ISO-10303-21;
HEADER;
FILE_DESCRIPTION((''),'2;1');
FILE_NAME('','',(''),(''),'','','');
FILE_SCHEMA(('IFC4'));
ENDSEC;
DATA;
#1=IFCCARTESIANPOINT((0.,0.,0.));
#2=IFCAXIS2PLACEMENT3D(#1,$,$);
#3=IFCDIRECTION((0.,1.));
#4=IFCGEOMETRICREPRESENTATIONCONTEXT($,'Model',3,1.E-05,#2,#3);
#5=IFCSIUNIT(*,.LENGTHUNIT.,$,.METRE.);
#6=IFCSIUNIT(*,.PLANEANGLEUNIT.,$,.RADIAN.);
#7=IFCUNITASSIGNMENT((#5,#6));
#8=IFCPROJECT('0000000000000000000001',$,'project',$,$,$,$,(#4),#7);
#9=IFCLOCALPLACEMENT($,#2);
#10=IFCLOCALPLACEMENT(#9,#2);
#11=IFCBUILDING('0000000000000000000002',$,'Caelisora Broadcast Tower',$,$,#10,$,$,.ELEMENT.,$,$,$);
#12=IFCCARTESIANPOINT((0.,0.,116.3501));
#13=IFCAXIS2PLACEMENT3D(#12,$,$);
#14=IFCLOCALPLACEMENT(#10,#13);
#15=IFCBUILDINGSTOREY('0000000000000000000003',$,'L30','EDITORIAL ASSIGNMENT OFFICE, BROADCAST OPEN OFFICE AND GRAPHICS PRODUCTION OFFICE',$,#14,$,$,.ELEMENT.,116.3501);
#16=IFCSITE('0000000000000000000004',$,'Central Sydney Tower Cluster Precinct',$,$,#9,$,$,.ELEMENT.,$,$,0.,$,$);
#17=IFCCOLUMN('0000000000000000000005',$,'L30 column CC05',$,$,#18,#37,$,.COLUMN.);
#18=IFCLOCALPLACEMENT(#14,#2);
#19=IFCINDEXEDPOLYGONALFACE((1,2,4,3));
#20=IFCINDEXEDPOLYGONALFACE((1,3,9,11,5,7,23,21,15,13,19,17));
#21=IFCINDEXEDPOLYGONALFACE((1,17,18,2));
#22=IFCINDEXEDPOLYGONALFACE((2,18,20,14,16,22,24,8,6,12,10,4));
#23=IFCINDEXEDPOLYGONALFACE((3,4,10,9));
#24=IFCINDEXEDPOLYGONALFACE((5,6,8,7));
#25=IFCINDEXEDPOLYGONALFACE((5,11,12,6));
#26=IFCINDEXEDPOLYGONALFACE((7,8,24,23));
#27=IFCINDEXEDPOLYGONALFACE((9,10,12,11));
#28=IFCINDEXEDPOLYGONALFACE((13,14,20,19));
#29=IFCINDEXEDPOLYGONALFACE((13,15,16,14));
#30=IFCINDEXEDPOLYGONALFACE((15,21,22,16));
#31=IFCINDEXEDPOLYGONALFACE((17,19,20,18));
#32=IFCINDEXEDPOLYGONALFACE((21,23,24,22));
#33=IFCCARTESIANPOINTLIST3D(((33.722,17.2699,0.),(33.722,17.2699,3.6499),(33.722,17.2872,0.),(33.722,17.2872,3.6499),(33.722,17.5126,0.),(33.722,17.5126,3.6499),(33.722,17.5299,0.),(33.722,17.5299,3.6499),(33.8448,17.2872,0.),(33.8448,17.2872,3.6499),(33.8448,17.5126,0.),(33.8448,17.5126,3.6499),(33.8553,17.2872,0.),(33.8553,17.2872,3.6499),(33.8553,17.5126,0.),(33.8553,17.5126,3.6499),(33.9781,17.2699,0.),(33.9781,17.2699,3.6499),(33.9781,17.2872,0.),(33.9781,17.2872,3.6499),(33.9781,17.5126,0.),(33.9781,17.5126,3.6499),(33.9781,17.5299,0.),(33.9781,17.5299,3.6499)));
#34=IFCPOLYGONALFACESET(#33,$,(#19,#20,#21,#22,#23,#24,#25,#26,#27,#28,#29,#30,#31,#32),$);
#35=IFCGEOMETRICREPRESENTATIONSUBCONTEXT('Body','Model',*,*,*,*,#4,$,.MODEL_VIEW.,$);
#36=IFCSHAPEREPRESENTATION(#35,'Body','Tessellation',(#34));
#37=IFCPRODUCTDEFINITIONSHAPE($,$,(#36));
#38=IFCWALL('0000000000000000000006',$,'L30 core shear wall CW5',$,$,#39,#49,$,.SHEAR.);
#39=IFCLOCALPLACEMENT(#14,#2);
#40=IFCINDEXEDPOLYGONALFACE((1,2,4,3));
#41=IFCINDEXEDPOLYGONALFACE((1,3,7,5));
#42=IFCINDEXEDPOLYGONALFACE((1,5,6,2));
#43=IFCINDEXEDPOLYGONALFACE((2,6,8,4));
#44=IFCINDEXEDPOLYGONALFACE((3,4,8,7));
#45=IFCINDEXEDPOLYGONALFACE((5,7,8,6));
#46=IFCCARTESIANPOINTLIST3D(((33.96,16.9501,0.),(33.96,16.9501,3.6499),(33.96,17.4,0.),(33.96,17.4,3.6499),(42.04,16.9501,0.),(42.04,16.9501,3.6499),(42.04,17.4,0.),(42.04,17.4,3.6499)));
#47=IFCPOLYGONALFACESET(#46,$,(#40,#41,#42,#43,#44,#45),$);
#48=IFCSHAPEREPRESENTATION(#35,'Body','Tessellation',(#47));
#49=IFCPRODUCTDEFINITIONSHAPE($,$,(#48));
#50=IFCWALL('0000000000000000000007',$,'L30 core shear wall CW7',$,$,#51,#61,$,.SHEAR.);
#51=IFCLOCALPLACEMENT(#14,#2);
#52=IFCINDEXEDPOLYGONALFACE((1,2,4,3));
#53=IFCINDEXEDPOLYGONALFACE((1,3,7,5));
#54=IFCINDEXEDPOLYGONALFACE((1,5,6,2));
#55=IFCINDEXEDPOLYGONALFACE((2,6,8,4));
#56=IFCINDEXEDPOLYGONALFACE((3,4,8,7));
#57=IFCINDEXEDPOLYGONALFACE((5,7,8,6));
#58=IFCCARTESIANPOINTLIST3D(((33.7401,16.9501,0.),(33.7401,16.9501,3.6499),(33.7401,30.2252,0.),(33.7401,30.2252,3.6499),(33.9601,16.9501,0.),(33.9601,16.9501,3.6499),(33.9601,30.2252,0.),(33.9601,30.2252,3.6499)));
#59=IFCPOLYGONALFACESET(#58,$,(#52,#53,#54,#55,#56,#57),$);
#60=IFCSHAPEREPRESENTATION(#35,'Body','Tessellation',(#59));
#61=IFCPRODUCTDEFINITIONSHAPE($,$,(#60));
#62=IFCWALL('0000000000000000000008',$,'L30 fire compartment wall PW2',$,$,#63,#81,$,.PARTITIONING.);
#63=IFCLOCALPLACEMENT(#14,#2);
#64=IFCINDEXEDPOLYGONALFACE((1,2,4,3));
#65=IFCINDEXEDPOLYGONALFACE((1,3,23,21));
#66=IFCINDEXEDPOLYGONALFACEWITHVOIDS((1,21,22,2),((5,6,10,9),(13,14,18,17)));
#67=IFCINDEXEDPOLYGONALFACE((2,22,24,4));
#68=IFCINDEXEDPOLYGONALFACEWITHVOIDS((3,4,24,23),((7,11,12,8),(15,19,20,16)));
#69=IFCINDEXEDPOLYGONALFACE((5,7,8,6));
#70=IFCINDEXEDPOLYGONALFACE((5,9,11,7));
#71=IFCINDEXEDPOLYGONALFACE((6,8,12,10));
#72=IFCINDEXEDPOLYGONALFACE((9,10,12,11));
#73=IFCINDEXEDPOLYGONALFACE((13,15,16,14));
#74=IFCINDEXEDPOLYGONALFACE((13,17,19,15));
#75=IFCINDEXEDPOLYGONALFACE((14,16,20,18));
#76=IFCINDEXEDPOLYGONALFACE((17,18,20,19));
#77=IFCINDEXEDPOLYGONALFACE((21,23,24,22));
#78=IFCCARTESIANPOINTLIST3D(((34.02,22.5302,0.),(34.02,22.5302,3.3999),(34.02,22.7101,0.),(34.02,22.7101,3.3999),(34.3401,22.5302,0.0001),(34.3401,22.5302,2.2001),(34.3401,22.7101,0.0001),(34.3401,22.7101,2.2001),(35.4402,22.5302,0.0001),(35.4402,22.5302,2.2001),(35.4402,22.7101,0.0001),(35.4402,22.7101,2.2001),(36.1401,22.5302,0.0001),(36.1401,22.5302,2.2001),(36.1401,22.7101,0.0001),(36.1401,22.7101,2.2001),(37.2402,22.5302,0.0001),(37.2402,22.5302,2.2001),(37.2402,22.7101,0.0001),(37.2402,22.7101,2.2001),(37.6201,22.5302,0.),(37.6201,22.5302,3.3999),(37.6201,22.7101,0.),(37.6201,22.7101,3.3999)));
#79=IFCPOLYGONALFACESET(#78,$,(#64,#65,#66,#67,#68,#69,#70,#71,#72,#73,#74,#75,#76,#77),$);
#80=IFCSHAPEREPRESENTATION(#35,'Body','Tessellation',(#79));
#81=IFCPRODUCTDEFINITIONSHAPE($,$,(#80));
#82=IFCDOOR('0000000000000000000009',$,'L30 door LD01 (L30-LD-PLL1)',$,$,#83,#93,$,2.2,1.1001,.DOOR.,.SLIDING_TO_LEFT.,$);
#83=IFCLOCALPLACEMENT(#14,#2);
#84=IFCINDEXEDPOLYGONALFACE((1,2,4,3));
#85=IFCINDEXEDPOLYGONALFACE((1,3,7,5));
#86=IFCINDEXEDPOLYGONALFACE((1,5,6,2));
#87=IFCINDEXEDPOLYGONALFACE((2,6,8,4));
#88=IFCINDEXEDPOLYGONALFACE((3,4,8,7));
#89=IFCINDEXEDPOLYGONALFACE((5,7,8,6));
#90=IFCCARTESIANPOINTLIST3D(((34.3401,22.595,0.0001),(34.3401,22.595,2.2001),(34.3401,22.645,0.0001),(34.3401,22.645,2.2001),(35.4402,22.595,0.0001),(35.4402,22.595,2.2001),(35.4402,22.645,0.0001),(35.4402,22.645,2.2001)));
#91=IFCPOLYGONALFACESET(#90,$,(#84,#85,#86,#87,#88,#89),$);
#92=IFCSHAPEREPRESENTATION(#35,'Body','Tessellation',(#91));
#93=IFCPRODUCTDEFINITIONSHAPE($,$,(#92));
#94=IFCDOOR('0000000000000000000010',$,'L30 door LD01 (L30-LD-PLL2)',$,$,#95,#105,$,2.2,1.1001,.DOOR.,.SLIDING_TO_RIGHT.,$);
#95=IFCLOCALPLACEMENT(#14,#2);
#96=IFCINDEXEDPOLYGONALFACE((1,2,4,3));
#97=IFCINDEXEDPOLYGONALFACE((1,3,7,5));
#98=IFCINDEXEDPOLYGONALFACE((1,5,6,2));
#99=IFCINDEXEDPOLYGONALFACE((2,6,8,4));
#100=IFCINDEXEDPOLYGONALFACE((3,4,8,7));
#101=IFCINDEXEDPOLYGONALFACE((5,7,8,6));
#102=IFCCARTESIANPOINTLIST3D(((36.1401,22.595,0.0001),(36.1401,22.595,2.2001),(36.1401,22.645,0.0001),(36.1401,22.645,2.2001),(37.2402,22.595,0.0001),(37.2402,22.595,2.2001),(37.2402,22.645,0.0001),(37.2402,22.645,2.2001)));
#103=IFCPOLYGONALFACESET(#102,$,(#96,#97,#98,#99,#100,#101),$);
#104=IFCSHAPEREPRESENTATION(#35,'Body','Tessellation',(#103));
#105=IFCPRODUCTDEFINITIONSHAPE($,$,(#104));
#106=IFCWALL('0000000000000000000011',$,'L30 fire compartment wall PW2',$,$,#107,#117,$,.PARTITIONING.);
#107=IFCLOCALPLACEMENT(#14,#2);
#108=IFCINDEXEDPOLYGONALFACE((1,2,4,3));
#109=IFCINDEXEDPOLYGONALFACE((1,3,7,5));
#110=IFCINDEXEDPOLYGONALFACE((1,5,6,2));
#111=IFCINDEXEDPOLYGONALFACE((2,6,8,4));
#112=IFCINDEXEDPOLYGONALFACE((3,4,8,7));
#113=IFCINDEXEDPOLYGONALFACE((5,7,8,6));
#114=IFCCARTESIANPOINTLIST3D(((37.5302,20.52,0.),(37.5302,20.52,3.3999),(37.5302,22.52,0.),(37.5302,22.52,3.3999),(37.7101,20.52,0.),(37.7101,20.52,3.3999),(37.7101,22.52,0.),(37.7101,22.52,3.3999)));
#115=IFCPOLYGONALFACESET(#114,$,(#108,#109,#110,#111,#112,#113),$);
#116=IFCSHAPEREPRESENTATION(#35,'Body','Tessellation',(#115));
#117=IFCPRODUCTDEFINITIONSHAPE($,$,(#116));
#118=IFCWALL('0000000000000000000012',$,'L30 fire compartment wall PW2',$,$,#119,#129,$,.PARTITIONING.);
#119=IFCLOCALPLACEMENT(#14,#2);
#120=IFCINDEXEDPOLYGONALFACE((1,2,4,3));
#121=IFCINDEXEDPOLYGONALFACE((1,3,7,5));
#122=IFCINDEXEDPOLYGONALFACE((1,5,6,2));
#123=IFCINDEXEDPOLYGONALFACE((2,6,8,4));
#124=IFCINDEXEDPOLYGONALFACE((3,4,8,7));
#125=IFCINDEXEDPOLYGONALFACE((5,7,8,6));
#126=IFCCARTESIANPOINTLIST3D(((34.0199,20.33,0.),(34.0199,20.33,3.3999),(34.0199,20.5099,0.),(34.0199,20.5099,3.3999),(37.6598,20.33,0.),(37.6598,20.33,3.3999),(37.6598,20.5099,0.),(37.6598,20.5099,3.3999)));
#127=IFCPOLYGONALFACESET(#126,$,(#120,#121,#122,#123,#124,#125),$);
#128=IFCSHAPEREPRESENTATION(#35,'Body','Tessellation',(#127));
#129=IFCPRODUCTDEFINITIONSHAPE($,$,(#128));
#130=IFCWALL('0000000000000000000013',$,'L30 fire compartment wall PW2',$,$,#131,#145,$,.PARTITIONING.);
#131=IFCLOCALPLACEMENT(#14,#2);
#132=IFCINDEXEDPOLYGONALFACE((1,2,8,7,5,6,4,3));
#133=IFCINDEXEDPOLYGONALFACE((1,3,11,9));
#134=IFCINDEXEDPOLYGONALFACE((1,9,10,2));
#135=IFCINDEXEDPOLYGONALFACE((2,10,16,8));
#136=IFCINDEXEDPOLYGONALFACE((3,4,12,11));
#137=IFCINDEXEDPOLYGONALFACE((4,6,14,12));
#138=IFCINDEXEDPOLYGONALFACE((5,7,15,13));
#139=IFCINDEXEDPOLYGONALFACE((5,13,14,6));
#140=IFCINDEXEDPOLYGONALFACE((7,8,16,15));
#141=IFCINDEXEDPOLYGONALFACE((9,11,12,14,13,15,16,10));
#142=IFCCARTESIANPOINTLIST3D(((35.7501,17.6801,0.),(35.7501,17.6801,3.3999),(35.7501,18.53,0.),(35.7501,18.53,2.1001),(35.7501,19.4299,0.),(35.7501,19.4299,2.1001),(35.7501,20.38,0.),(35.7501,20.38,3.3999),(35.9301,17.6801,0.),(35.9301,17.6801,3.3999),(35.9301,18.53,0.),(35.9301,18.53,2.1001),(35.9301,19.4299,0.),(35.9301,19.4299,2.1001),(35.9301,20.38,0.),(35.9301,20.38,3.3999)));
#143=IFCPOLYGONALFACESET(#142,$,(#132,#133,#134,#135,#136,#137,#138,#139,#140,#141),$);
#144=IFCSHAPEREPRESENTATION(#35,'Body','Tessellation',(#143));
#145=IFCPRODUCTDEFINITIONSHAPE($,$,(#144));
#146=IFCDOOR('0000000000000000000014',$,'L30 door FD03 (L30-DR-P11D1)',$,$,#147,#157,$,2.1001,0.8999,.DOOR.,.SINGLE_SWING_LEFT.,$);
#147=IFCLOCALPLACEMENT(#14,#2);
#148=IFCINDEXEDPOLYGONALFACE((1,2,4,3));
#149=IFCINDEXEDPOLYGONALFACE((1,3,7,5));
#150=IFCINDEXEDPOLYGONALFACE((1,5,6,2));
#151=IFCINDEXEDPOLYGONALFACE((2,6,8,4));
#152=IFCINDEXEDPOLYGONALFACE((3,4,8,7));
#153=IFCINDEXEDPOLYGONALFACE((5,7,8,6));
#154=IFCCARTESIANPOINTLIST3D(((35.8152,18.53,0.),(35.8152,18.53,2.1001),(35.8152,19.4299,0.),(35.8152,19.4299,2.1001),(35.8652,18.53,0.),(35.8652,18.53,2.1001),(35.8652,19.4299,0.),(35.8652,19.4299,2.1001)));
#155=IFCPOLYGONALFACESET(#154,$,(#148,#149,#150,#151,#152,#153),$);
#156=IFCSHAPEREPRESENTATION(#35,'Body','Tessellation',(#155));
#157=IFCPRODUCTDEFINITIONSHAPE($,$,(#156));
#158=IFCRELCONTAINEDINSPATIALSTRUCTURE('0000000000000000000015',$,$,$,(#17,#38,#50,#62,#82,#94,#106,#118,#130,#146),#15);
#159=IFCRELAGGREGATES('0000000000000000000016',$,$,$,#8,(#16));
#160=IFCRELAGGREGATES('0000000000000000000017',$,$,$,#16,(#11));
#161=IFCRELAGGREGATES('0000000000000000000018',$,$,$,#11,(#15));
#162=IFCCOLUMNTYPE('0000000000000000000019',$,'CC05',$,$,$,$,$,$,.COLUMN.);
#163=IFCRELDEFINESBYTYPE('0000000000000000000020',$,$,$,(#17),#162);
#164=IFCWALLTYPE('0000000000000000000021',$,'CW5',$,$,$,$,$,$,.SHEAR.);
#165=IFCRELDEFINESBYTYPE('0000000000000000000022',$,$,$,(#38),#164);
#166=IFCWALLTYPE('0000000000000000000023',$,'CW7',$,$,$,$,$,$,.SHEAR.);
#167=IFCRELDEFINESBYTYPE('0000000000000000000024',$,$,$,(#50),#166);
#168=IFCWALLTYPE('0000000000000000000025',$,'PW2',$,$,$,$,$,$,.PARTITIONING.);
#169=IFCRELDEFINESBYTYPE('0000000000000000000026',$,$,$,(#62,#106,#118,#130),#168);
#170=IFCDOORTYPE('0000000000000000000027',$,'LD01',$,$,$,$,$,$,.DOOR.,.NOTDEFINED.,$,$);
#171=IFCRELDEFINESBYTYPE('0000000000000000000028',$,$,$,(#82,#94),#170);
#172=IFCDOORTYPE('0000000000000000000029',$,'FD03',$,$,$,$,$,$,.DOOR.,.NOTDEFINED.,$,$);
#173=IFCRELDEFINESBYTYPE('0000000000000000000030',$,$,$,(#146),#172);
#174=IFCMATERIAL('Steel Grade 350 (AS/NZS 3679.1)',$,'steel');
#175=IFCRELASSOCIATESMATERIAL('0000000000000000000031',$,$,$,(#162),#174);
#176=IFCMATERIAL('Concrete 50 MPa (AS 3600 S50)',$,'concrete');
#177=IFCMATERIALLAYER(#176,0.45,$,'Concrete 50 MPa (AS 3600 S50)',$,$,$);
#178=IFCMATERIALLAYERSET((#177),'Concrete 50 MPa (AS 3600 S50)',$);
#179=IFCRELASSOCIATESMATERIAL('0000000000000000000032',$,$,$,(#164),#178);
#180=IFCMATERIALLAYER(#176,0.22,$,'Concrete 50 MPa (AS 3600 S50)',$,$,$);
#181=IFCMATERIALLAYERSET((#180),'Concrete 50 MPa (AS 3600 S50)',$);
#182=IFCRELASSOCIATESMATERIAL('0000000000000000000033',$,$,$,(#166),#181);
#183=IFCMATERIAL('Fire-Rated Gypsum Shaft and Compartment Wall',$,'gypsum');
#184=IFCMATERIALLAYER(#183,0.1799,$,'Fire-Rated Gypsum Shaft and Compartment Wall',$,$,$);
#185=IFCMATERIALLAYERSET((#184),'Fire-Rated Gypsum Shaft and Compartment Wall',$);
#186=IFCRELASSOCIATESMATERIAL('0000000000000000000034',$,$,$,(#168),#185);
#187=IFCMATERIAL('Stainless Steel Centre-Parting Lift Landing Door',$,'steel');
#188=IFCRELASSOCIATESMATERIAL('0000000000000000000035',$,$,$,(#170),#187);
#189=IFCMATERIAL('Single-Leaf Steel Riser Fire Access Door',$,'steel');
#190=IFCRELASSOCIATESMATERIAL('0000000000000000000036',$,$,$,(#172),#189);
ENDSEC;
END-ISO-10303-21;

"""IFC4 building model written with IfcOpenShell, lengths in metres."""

from ifc_helpers import new_model, si_unit, direction, frame, frame_2d, origin, origin_2d, place, context, subcontext, project, spatial, rectangle, i_section, extrude, source, transform, mapped, material, layer, layer_set, material_profile, profile_set, type_object, type_shapes, element, fill, save


model = new_model("IFC4")

# Units and contexts
model_context = context("Model", 3, precision=1e-05, world=origin(), true_north=direction((0.0, 1.0)))
body_context = subcontext(model_context, "Body", "Model", "MODEL_VIEW")
ifc_project = project(units=[si_unit("LENGTHUNIT", "METRE"), si_unit("PLANEANGLEUNIT", "RADIAN")], contexts=[model_context])

# Site, building, storey
site_placement = place(None, origin())
site = spatial("IfcSite", under=ifc_project, at=site_placement, Name="Central Sydney Tower Cluster Precinct", CompositionType="ELEMENT", RefElevation=0.0)
building_placement = place(site_placement, origin())
building = spatial("IfcBuilding", under=site, at=building_placement, Name="Caelisora Broadcast Tower", CompositionType="ELEMENT")
storey_placement = place(building_placement, frame((0.0, 0.0, 116.3501)))
storey = spatial("IfcBuildingStorey", under=building, at=storey_placement, Name="L30", Description="EDITORIAL ASSIGNMENT OFFICE, BROADCAST OPEN OFFICE AND GRAPHICS PRODUCTION OFFICE", CompositionType="ELEMENT", Elevation=116.3501)

# Column
ifc_material_1 = material(Name="Steel Grade 350 (AS/NZS 3679.1)", Category="steel")
ifc_material_profile = material_profile(ifc_material_1, i_section(OverallWidth=0.2561, OverallDepth=0.26, WebThickness=0.0105, FlangeThickness=0.0173, at=origin_2d()), Name="Steel Grade 350 (AS/NZS 3679.1)")
ifc_profile_set = profile_set([ifc_material_profile], Name="Steel Grade 350 (AS/NZS 3679.1)")
column_type = type_object("IfcColumnType", Name="CC05", PredefinedType="COLUMN", material=ifc_profile_set)
shared_shape = source(origin(), body_context, "Body", "SweptSolid", [
    extrude(i_section(OverallWidth=0.2561, OverallDepth=0.26, WebThickness=0.0105, FlangeThickness=0.0173, at=origin_2d()), origin(), (0.0, 0.0, 1.0), 3.6499),
])
type_shapes(column_type, [shared_shape])
column_placement = place(storey_placement, frame((33.8501, 17.3999, 0.0), z_axis=(0.0, 0.0, 1.0), x_axis=(1.0, 0.0, 0.0)))
element("IfcColumn", 1, at=column_placement, inside=storey, type_object=column_type, Name="L30 column CC05", PredefinedType="COLUMN", context=body_context, shape_type="MappedRepresentation", body=[
    mapped(shared_shape, transform((0.0, 0.0, 0.0), scale=1.0)),
])

# Walls
ifc_material_2 = material(Name="Concrete 50 MPa (AS 3600 S50)", Category="concrete")
ifc_layer_1 = layer(ifc_material_2, 0.45, Name="Concrete 50 MPa (AS 3600 S50)")
ifc_layer_set_1 = layer_set([ifc_layer_1], Name="Concrete 50 MPa (AS 3600 S50)")
wall_type_1 = type_object("IfcWallType", Name="CW5", PredefinedType="SHEAR", material=ifc_layer_set_1)
wall_1_placement = place(storey_placement, frame((33.96, 17.175, 0.0), z_axis=(0.0, 0.0, 1.0), x_axis=(1.0, 0.0, 0.0)))
element("IfcWall", 2, at=wall_1_placement, inside=storey, type_object=wall_type_1, Name="L30 core shear wall CW5", PredefinedType="SHEAR", context=body_context, shape_type="SweptSolid", body=[
    extrude(rectangle(XDim=8.0801, YDim=0.45, at=frame_2d((4.04, 0.0))), origin(), (0.0, 0.0, 1.0), 3.6499),
])
ifc_layer_2 = layer(ifc_material_2, 0.22, Name="Concrete 50 MPa (AS 3600 S50)")
ifc_layer_set_2 = layer_set([ifc_layer_2], Name="Concrete 50 MPa (AS 3600 S50)")
wall_type_2 = type_object("IfcWallType", Name="CW7", PredefinedType="SHEAR", material=ifc_layer_set_2)
wall_2_placement = place(storey_placement, frame((33.8501, 16.95, 0.0), z_axis=(0.0, 0.0, 1.0), x_axis=(0.0, 1.0, 0.0)))
element("IfcWall", 3, at=wall_2_placement, inside=storey, type_object=wall_type_2, Name="L30 core shear wall CW7", PredefinedType="SHEAR", context=body_context, shape_type="SweptSolid", body=[
    extrude(rectangle(XDim=13.2751, YDim=0.22, at=frame_2d((6.6377, 0.0))), origin(), (0.0, 0.0, 1.0), 3.6499),
])

# Wall, openings, doors
ifc_material_3 = material(Name="Fire-Rated Gypsum Shaft and Compartment Wall", Category="gypsum")
ifc_layer_3 = layer(ifc_material_3, 0.1799, Name="Fire-Rated Gypsum Shaft and Compartment Wall")
ifc_layer_set_3 = layer_set([ifc_layer_3], Name="Fire-Rated Gypsum Shaft and Compartment Wall")
wall_type_3 = type_object("IfcWallType", Name="PW2", PredefinedType="PARTITIONING", material=ifc_layer_set_3)
wall_3_placement = place(storey_placement, frame((34.02, 22.6201, 0.0), z_axis=(0.0, 0.0, 1.0), x_axis=(1.0, 0.0, 0.0)))
wall_3 = element("IfcWall", 4, at=wall_3_placement, inside=storey, type_object=wall_type_3, Name="L30 fire compartment wall PW2", PredefinedType="PARTITIONING", context=body_context, shape_type="SweptSolid", body=[
    extrude(rectangle(XDim=3.6001, YDim=0.1799, at=frame_2d((1.8, 0.0))), origin(), (0.0, 0.0, 1.0), 3.3999),
])
opening_1_placement = place(wall_3_placement, frame((0.3201, 0.0, 0.0)))
opening_1 = element("IfcOpeningElement", 5, at=opening_1_placement, cuts=wall_3, PredefinedType="OPENING", context=body_context, shape_type="SweptSolid", body=[
    extrude(rectangle(XDim=1.1001, YDim=2.2, at=frame_2d((0.55, 1.1001))), frame((0.0, 0.1021, 0.0), z_axis=(0.0, -1.0, 0.0), x_axis=(1.0, 0.0, 0.0)), (0.0, 0.0, 1.0), 0.2039),
])
opening_2_placement = place(wall_3_placement, frame((2.1201, 0.0, 0.0)))
opening_2 = element("IfcOpeningElement", 6, at=opening_2_placement, cuts=wall_3, PredefinedType="OPENING", context=body_context, shape_type="SweptSolid", body=[
    extrude(rectangle(XDim=1.1001, YDim=2.2, at=frame_2d((0.55, 1.1001))), frame((0.0, 0.1021, 0.0), z_axis=(0.0, -1.0, 0.0), x_axis=(1.0, 0.0, 0.0)), (0.0, 0.0, 1.0), 0.2039),
])
ifc_material_4 = material(Name="Stainless Steel Centre-Parting Lift Landing Door", Category="steel")
door_type_1 = type_object("IfcDoorType", Name="LD01", OperationType="NOTDEFINED", PredefinedType="DOOR", material=ifc_material_4)
door_1_placement = place(opening_1_placement, origin())
door_1 = element("IfcDoor", 7, at=door_1_placement, inside=storey, type_object=door_type_1, Name="L30 door LD01 (L30-LD-PLL1)", OperationType="SLIDING_TO_LEFT", OverallHeight=2.2, OverallWidth=1.1001, PredefinedType="DOOR", context=body_context, shape_type="SweptSolid", body=[
    extrude(rectangle(XDim=1.1001, YDim=2.2, at=frame_2d((0.55, 1.1001))), frame((0.0, 0.0249, 0.0), z_axis=(0.0, -1.0, 0.0), x_axis=(1.0, 0.0, 0.0)), (0.0, 0.0, 1.0), 0.05),
])
fill(opening_1, door_1)
door_2_placement = place(opening_2_placement, origin())
door_2 = element("IfcDoor", 8, at=door_2_placement, inside=storey, type_object=door_type_1, Name="L30 door LD01 (L30-LD-PLL2)", OperationType="SLIDING_TO_RIGHT", OverallHeight=2.2, OverallWidth=1.1001, PredefinedType="DOOR", context=body_context, shape_type="SweptSolid", body=[
    extrude(rectangle(XDim=1.1001, YDim=2.2, at=frame_2d((0.55, 1.1001))), frame((0.0, 0.0249, 0.0), z_axis=(0.0, -1.0, 0.0), x_axis=(1.0, 0.0, 0.0)), (0.0, 0.0, 1.0), 0.05),
])
fill(opening_2, door_2)

# Walls
wall_4_placement = place(storey_placement, frame((37.6201, 20.52, 0.0), z_axis=(0.0, 0.0, 1.0), x_axis=(0.0, 1.0, 0.0)))
element("IfcWall", 9, at=wall_4_placement, inside=storey, type_object=wall_type_3, Name="L30 fire compartment wall PW2", PredefinedType="PARTITIONING", context=body_context, shape_type="SweptSolid", body=[
    extrude(rectangle(XDim=2.0, YDim=0.1799, at=frame_2d((1.0, 0.0))), origin(), (0.0, 0.0, 1.0), 3.3999),
])
wall_5_placement = place(storey_placement, frame((34.02, 20.4199, 0.0), z_axis=(0.0, 0.0, 1.0), x_axis=(1.0, 0.0, 0.0)))
element("IfcWall", 10, at=wall_5_placement, inside=storey, type_object=wall_type_3, Name="L30 fire compartment wall PW2", PredefinedType="PARTITIONING", context=body_context, shape_type="SweptSolid", body=[
    extrude(rectangle(XDim=3.6399, YDim=0.1799, at=frame_2d((1.8198, 0.0))), origin(), (0.0, 0.0, 1.0), 3.3999),
])

# Wall, opening, door
wall_6_placement = place(storey_placement, frame((35.8401, 17.6799, 0.0), z_axis=(0.0, 0.0, 1.0), x_axis=(0.0, 1.0, 0.0)))
wall_6 = element("IfcWall", 11, at=wall_6_placement, inside=storey, type_object=wall_type_3, Name="L30 fire compartment wall PW2", PredefinedType="PARTITIONING", context=body_context, shape_type="SweptSolid", body=[
    extrude(rectangle(XDim=2.7, YDim=0.1799, at=frame_2d((1.3501, 0.0))), origin(), (0.0, 0.0, 1.0), 3.3999),
])
opening_3_placement = place(wall_6_placement, frame((0.8501, 0.0, 0.0)))
opening_3 = element("IfcOpeningElement", 12, at=opening_3_placement, cuts=wall_6, PredefinedType="OPENING", context=body_context, shape_type="SweptSolid", body=[
    extrude(rectangle(XDim=0.8999, YDim=2.1001, at=frame_2d((0.45, 1.05))), frame((0.0, 0.1021, 0.0), z_axis=(0.0, -1.0, 0.0), x_axis=(1.0, 0.0, 0.0)), (0.0, 0.0, 1.0), 0.2039),
])
ifc_material_5 = material(Name="Single-Leaf Steel Riser Fire Access Door", Category="steel")
door_type_2 = type_object("IfcDoorType", Name="FD03", OperationType="NOTDEFINED", PredefinedType="DOOR", material=ifc_material_5)
door_3_placement = place(opening_3_placement, origin())
door_3 = element("IfcDoor", 13, at=door_3_placement, inside=storey, type_object=door_type_2, Name="L30 door FD03 (L30-DR-P11D1)", OperationType="SINGLE_SWING_LEFT", OverallHeight=2.1001, OverallWidth=0.8999, PredefinedType="DOOR", context=body_context, shape_type="SweptSolid", body=[
    extrude(rectangle(XDim=0.8999, YDim=2.1001, at=frame_2d((0.45, 1.05))), frame((0.0, 0.0249, 0.0), z_axis=(0.0, -1.0, 0.0), x_axis=(1.0, 0.0, 0.0)), (0.0, 0.0, 1.0), 0.05),
])
fill(opening_3, door_3)

save(model, "model.ifc")
